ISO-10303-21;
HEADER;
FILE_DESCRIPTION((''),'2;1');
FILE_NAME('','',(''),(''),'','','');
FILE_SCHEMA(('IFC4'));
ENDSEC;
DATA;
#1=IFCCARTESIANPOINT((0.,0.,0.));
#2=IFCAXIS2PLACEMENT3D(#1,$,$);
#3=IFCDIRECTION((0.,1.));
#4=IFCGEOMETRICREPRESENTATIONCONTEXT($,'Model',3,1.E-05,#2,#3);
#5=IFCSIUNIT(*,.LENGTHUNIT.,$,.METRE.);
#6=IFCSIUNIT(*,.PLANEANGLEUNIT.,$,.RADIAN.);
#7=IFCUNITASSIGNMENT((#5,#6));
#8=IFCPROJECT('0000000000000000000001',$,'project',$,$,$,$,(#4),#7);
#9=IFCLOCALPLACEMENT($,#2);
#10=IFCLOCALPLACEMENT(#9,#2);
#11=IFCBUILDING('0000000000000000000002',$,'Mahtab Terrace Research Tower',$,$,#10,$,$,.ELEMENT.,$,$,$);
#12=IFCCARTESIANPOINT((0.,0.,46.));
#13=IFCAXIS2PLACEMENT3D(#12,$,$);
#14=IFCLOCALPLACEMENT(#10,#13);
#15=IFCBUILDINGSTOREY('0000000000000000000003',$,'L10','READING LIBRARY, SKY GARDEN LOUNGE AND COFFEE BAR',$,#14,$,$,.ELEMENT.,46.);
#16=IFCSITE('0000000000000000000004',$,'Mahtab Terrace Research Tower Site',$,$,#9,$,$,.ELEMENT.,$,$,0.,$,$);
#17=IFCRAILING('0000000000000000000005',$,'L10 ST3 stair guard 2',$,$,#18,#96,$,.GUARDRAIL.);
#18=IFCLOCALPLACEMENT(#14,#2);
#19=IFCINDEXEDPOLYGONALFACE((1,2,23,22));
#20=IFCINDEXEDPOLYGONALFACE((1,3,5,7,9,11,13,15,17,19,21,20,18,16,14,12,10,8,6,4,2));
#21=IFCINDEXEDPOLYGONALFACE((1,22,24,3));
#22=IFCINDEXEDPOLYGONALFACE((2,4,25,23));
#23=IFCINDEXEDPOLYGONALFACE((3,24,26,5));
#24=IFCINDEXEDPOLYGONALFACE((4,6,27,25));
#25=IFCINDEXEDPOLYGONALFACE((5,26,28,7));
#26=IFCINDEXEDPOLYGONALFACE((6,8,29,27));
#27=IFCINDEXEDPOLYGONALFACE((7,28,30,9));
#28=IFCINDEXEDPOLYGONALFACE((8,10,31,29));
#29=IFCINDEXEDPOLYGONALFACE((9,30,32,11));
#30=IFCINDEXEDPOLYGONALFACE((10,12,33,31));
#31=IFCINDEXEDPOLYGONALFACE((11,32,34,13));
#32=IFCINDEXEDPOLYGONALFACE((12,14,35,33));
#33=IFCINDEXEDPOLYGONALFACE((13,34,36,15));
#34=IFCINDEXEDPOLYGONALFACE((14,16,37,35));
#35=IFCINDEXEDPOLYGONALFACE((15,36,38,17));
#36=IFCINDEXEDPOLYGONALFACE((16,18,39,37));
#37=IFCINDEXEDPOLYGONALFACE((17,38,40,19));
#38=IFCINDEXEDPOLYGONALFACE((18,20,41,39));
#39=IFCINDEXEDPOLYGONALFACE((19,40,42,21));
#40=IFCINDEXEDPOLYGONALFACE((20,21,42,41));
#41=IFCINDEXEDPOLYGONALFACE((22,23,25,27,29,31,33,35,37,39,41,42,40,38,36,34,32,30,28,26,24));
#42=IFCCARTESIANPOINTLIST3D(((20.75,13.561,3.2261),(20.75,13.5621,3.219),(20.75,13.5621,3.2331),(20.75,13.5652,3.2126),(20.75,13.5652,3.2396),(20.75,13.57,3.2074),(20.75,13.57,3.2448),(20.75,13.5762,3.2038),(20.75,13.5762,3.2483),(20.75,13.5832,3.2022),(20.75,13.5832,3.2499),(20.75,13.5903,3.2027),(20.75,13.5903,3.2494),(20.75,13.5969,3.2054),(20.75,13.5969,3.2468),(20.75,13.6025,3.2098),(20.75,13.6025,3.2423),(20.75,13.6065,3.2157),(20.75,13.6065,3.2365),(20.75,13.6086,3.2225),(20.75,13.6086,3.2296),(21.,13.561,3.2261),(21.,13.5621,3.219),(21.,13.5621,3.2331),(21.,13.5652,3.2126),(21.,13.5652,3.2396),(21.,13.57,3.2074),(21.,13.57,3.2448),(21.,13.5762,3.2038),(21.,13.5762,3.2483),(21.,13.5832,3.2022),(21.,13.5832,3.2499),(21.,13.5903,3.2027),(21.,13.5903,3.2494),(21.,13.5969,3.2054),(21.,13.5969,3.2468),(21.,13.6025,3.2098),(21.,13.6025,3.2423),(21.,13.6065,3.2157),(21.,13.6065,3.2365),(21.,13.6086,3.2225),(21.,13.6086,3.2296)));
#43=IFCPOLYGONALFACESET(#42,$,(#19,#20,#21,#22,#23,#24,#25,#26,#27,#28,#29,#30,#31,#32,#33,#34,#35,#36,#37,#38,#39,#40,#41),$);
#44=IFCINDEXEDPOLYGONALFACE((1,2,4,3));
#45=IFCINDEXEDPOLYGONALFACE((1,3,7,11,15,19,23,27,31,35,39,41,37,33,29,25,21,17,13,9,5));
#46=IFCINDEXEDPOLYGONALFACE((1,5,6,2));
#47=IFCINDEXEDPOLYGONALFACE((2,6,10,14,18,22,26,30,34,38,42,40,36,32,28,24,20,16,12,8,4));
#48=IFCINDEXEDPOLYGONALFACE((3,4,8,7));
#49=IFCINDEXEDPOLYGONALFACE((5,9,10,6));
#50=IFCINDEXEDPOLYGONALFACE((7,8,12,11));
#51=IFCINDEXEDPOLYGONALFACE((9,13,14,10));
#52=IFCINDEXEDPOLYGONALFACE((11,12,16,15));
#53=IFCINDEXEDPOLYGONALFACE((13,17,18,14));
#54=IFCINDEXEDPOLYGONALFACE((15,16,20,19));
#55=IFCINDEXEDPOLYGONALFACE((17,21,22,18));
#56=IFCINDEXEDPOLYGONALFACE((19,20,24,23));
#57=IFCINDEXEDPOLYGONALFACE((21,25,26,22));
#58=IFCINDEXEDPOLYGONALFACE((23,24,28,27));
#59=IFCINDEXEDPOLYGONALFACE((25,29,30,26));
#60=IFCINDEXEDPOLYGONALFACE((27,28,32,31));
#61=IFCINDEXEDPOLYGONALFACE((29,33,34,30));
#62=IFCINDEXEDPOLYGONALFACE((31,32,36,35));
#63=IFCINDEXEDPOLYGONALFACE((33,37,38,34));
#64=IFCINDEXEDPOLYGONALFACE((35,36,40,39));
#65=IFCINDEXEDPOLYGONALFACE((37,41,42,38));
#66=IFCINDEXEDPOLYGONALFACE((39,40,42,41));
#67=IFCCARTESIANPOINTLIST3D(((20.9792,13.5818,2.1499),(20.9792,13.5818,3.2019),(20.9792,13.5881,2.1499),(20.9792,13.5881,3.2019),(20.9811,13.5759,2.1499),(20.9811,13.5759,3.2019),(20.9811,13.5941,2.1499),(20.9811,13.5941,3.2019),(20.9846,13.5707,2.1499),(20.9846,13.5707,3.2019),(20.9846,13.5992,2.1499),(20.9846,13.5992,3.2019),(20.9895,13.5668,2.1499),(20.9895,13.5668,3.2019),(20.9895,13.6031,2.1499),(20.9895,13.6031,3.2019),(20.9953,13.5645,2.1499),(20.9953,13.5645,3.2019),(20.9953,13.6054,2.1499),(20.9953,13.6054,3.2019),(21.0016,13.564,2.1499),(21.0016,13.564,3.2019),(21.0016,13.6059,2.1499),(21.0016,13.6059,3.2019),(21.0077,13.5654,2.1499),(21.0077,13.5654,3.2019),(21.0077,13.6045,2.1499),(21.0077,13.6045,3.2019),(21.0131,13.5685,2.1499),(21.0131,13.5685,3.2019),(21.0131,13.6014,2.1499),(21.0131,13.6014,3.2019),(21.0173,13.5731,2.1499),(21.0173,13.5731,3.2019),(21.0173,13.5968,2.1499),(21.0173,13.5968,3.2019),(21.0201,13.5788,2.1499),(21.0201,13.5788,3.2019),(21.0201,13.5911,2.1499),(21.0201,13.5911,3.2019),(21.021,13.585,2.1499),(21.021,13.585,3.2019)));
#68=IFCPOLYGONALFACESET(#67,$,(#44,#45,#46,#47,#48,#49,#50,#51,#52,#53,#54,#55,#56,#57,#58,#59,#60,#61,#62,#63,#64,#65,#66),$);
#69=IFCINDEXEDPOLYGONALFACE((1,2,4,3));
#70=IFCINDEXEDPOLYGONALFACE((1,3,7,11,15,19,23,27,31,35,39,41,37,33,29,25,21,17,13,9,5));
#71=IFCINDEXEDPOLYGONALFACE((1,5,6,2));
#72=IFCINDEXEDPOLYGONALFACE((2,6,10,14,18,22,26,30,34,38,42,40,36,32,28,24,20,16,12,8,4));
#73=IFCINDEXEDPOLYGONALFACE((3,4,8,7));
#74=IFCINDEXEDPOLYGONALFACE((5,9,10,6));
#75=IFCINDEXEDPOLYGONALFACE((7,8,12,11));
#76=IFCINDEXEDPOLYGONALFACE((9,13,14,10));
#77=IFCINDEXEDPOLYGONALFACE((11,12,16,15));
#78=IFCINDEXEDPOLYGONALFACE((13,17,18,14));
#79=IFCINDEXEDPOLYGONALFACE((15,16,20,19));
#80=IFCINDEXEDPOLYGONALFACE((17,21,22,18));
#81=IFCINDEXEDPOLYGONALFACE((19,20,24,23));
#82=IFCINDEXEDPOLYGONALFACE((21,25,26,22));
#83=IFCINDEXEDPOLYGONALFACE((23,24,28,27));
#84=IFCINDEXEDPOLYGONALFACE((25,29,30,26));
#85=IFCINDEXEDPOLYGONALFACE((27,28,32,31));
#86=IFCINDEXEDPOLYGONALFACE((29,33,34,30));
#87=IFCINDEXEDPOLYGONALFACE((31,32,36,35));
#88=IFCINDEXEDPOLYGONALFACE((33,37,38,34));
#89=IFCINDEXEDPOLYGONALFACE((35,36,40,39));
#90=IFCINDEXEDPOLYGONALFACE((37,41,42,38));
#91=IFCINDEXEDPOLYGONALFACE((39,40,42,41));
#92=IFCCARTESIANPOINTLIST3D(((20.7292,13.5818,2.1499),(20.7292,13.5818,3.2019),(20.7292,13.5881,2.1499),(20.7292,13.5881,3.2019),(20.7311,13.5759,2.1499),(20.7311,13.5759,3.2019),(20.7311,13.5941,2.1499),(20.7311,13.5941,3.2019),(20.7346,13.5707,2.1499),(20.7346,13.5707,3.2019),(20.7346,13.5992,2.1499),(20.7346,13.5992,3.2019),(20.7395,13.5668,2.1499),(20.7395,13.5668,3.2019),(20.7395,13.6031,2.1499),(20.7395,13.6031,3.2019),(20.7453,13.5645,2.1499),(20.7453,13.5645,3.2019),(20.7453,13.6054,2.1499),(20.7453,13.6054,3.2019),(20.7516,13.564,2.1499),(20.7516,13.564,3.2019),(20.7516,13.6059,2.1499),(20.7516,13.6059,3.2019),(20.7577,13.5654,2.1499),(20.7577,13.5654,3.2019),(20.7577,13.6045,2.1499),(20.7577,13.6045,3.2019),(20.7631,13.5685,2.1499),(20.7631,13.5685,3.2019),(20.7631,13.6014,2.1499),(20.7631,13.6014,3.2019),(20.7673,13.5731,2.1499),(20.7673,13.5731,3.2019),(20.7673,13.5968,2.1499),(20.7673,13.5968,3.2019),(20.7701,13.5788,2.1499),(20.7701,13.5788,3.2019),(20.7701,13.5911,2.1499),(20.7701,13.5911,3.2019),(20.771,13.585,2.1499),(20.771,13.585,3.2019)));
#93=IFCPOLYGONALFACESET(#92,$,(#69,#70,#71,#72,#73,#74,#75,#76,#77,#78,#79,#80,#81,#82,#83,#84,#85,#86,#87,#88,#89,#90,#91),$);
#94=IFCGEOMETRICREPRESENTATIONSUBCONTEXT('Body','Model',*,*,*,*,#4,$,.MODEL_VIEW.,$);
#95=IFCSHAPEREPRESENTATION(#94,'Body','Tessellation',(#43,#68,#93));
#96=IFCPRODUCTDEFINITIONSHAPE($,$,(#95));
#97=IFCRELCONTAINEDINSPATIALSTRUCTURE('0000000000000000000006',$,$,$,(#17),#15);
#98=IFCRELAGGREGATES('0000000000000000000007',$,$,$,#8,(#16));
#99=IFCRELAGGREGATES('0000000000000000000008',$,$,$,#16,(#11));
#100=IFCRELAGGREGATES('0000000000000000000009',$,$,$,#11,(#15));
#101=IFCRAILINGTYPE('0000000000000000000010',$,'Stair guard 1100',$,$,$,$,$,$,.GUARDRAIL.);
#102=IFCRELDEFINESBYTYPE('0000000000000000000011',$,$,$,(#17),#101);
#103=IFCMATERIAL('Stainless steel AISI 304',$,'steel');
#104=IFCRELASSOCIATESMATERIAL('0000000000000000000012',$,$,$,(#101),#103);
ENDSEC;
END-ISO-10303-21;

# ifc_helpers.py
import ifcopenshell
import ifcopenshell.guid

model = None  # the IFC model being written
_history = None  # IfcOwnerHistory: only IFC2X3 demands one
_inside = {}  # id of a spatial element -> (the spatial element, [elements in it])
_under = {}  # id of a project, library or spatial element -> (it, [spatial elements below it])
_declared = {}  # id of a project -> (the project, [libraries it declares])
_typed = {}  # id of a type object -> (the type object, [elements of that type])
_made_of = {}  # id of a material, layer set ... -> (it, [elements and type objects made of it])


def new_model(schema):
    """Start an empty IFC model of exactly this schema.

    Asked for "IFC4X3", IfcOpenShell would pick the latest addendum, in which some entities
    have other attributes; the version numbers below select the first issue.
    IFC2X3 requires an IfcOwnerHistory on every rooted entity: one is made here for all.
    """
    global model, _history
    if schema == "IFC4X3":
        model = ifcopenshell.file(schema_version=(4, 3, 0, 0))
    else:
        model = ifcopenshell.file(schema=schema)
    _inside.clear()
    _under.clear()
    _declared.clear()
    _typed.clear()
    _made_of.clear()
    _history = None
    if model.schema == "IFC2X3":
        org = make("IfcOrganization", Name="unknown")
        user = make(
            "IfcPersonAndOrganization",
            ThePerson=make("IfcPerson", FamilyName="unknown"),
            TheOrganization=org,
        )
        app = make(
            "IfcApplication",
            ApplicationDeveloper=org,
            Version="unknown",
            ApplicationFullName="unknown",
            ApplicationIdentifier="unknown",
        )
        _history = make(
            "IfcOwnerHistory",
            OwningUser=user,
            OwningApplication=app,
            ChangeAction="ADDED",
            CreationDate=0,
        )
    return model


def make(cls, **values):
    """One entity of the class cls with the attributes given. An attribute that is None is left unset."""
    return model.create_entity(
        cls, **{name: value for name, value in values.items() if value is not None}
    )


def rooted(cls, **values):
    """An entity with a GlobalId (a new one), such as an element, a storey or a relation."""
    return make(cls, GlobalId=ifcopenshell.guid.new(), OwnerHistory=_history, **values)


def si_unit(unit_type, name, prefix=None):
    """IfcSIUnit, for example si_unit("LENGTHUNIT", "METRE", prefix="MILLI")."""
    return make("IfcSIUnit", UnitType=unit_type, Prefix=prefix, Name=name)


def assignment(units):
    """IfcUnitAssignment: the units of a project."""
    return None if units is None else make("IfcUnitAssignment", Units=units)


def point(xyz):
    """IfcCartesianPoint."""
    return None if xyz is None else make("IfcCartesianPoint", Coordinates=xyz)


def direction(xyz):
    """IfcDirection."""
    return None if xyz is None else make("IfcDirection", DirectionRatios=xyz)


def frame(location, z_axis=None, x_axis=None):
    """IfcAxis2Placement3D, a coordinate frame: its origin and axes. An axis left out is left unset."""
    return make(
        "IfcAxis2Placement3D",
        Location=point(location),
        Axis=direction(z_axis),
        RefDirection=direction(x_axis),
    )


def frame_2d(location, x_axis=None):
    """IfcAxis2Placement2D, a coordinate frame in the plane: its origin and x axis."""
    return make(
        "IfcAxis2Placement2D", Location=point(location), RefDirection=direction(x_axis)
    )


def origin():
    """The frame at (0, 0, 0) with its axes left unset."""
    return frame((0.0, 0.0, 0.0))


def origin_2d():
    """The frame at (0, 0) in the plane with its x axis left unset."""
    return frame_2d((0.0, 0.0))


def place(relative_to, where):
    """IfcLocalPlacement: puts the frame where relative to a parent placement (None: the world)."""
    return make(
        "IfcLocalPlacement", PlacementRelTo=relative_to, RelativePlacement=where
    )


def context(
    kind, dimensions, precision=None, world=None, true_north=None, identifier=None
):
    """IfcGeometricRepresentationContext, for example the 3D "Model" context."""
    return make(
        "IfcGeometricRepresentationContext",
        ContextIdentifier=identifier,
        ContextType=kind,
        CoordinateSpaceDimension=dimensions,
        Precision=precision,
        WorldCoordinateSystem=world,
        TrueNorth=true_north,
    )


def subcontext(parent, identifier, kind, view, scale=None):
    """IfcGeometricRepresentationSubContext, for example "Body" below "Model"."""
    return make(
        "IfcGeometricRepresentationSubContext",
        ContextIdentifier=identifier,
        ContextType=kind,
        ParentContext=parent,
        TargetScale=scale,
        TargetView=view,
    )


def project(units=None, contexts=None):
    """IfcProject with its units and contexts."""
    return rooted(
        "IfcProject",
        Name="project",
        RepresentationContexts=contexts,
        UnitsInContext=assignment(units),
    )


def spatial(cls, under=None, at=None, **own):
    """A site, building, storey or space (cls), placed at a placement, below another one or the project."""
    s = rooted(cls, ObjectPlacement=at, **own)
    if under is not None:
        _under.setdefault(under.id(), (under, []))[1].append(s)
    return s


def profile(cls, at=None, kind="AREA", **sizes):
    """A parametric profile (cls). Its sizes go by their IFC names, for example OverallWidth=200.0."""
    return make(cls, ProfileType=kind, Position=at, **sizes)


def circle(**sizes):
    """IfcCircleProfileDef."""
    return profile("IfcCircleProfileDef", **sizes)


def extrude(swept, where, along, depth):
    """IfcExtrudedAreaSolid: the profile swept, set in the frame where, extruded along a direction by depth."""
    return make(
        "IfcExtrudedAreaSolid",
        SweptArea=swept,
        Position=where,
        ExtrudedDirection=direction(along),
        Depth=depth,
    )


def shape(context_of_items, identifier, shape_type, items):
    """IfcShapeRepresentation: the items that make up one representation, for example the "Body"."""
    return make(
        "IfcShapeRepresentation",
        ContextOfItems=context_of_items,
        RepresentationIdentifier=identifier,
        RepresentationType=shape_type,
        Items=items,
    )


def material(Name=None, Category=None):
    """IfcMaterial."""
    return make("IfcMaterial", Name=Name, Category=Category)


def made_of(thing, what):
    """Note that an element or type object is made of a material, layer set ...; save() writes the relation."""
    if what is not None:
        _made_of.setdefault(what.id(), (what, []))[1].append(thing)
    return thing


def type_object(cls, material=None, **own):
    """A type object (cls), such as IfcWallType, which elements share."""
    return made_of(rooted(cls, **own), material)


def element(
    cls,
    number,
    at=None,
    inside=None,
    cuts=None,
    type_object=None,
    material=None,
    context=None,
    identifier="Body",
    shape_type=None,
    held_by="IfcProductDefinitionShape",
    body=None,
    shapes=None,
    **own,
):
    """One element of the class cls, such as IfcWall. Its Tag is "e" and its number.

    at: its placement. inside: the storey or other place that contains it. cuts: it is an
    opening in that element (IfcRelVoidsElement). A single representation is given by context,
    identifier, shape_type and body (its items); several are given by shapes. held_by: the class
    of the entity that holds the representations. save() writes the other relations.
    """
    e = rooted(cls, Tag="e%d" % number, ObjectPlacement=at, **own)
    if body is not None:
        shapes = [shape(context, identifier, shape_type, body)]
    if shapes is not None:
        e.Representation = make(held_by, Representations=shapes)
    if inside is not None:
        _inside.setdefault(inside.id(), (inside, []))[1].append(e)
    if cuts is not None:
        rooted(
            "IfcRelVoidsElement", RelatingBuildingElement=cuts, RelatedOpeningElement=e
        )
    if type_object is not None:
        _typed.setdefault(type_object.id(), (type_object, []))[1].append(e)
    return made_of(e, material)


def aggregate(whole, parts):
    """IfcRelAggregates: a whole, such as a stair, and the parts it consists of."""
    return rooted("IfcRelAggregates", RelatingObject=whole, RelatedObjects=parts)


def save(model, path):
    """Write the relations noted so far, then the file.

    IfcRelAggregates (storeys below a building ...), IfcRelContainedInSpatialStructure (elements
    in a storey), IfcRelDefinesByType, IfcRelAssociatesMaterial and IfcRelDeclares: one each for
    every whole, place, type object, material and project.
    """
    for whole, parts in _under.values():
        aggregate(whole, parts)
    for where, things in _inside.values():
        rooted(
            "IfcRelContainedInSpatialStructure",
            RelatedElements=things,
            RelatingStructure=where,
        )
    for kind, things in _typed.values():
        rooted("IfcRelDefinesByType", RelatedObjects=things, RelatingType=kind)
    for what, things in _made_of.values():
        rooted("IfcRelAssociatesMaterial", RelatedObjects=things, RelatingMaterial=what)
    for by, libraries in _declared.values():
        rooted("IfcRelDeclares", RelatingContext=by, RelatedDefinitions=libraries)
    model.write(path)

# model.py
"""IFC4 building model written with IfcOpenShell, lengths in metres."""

from ifc_helpers import new_model, si_unit, direction, frame, origin, origin_2d, place, context, subcontext, project, spatial, circle, extrude, material, type_object, element, save


model = new_model("IFC4")

# Units and contexts
model_context = context("Model", 3, precision=1e-05, world=origin(), true_north=direction((0.0, 1.0)))
body_context = subcontext(model_context, "Body", "Model", "MODEL_VIEW")
ifc_project = project(units=[si_unit("LENGTHUNIT", "METRE"), si_unit("PLANEANGLEUNIT", "RADIAN")], contexts=[model_context])

# Site, building, storey
site_placement = place(None, origin())
site = spatial("IfcSite", under=ifc_project, at=site_placement, Name="Mahtab Terrace Research Tower Site", CompositionType="ELEMENT", RefElevation=0.0)
building_placement = place(site_placement, origin())
building = spatial("IfcBuilding", under=site, at=building_placement, Name="Mahtab Terrace Research Tower", CompositionType="ELEMENT")
storey_placement = place(building_placement, frame((0.0, 0.0, 46.0)))
storey = spatial("IfcBuildingStorey", under=building, at=storey_placement, Name="L10", Description="READING LIBRARY, SKY GARDEN LOUNGE AND COFFEE BAR", CompositionType="ELEMENT", Elevation=46.0)

# Railing
ifc_material_1 = material(Name="Stainless steel AISI 304", Category="steel")
railing_type_1 = type_object("IfcRailingType", Name="Stair guard 1100", PredefinedType="GUARDRAIL", material=ifc_material_1)
railing_1_placement = place(storey_placement, frame((21.0, 13.585, 2.1499)))
element("IfcRailing", 1, at=railing_1_placement, inside=storey, type_object=railing_type_1, Name="L10 ST3 stair guard 2", PredefinedType="GUARDRAIL", context=body_context, shape_type="SweptSolid", body=[
    extrude(circle(Radius=0.0239, at=origin_2d()), frame((0.0, 0.0, 1.0762), z_axis=(-1.0, 0.0, 0.0), x_axis=(0.0, -1.0, 0.0)), (0.0, 0.0, 1.0), 0.25),
    extrude(circle(Radius=0.021, at=origin_2d()), origin(), (0.0, 0.0, 1.0), 1.052),
    extrude(circle(Radius=0.021, at=origin_2d()), frame((-0.25, 0.0, 0.0)), (0.0, 0.0, 1.0), 1.052),
])

save(model, "model.ifc")
